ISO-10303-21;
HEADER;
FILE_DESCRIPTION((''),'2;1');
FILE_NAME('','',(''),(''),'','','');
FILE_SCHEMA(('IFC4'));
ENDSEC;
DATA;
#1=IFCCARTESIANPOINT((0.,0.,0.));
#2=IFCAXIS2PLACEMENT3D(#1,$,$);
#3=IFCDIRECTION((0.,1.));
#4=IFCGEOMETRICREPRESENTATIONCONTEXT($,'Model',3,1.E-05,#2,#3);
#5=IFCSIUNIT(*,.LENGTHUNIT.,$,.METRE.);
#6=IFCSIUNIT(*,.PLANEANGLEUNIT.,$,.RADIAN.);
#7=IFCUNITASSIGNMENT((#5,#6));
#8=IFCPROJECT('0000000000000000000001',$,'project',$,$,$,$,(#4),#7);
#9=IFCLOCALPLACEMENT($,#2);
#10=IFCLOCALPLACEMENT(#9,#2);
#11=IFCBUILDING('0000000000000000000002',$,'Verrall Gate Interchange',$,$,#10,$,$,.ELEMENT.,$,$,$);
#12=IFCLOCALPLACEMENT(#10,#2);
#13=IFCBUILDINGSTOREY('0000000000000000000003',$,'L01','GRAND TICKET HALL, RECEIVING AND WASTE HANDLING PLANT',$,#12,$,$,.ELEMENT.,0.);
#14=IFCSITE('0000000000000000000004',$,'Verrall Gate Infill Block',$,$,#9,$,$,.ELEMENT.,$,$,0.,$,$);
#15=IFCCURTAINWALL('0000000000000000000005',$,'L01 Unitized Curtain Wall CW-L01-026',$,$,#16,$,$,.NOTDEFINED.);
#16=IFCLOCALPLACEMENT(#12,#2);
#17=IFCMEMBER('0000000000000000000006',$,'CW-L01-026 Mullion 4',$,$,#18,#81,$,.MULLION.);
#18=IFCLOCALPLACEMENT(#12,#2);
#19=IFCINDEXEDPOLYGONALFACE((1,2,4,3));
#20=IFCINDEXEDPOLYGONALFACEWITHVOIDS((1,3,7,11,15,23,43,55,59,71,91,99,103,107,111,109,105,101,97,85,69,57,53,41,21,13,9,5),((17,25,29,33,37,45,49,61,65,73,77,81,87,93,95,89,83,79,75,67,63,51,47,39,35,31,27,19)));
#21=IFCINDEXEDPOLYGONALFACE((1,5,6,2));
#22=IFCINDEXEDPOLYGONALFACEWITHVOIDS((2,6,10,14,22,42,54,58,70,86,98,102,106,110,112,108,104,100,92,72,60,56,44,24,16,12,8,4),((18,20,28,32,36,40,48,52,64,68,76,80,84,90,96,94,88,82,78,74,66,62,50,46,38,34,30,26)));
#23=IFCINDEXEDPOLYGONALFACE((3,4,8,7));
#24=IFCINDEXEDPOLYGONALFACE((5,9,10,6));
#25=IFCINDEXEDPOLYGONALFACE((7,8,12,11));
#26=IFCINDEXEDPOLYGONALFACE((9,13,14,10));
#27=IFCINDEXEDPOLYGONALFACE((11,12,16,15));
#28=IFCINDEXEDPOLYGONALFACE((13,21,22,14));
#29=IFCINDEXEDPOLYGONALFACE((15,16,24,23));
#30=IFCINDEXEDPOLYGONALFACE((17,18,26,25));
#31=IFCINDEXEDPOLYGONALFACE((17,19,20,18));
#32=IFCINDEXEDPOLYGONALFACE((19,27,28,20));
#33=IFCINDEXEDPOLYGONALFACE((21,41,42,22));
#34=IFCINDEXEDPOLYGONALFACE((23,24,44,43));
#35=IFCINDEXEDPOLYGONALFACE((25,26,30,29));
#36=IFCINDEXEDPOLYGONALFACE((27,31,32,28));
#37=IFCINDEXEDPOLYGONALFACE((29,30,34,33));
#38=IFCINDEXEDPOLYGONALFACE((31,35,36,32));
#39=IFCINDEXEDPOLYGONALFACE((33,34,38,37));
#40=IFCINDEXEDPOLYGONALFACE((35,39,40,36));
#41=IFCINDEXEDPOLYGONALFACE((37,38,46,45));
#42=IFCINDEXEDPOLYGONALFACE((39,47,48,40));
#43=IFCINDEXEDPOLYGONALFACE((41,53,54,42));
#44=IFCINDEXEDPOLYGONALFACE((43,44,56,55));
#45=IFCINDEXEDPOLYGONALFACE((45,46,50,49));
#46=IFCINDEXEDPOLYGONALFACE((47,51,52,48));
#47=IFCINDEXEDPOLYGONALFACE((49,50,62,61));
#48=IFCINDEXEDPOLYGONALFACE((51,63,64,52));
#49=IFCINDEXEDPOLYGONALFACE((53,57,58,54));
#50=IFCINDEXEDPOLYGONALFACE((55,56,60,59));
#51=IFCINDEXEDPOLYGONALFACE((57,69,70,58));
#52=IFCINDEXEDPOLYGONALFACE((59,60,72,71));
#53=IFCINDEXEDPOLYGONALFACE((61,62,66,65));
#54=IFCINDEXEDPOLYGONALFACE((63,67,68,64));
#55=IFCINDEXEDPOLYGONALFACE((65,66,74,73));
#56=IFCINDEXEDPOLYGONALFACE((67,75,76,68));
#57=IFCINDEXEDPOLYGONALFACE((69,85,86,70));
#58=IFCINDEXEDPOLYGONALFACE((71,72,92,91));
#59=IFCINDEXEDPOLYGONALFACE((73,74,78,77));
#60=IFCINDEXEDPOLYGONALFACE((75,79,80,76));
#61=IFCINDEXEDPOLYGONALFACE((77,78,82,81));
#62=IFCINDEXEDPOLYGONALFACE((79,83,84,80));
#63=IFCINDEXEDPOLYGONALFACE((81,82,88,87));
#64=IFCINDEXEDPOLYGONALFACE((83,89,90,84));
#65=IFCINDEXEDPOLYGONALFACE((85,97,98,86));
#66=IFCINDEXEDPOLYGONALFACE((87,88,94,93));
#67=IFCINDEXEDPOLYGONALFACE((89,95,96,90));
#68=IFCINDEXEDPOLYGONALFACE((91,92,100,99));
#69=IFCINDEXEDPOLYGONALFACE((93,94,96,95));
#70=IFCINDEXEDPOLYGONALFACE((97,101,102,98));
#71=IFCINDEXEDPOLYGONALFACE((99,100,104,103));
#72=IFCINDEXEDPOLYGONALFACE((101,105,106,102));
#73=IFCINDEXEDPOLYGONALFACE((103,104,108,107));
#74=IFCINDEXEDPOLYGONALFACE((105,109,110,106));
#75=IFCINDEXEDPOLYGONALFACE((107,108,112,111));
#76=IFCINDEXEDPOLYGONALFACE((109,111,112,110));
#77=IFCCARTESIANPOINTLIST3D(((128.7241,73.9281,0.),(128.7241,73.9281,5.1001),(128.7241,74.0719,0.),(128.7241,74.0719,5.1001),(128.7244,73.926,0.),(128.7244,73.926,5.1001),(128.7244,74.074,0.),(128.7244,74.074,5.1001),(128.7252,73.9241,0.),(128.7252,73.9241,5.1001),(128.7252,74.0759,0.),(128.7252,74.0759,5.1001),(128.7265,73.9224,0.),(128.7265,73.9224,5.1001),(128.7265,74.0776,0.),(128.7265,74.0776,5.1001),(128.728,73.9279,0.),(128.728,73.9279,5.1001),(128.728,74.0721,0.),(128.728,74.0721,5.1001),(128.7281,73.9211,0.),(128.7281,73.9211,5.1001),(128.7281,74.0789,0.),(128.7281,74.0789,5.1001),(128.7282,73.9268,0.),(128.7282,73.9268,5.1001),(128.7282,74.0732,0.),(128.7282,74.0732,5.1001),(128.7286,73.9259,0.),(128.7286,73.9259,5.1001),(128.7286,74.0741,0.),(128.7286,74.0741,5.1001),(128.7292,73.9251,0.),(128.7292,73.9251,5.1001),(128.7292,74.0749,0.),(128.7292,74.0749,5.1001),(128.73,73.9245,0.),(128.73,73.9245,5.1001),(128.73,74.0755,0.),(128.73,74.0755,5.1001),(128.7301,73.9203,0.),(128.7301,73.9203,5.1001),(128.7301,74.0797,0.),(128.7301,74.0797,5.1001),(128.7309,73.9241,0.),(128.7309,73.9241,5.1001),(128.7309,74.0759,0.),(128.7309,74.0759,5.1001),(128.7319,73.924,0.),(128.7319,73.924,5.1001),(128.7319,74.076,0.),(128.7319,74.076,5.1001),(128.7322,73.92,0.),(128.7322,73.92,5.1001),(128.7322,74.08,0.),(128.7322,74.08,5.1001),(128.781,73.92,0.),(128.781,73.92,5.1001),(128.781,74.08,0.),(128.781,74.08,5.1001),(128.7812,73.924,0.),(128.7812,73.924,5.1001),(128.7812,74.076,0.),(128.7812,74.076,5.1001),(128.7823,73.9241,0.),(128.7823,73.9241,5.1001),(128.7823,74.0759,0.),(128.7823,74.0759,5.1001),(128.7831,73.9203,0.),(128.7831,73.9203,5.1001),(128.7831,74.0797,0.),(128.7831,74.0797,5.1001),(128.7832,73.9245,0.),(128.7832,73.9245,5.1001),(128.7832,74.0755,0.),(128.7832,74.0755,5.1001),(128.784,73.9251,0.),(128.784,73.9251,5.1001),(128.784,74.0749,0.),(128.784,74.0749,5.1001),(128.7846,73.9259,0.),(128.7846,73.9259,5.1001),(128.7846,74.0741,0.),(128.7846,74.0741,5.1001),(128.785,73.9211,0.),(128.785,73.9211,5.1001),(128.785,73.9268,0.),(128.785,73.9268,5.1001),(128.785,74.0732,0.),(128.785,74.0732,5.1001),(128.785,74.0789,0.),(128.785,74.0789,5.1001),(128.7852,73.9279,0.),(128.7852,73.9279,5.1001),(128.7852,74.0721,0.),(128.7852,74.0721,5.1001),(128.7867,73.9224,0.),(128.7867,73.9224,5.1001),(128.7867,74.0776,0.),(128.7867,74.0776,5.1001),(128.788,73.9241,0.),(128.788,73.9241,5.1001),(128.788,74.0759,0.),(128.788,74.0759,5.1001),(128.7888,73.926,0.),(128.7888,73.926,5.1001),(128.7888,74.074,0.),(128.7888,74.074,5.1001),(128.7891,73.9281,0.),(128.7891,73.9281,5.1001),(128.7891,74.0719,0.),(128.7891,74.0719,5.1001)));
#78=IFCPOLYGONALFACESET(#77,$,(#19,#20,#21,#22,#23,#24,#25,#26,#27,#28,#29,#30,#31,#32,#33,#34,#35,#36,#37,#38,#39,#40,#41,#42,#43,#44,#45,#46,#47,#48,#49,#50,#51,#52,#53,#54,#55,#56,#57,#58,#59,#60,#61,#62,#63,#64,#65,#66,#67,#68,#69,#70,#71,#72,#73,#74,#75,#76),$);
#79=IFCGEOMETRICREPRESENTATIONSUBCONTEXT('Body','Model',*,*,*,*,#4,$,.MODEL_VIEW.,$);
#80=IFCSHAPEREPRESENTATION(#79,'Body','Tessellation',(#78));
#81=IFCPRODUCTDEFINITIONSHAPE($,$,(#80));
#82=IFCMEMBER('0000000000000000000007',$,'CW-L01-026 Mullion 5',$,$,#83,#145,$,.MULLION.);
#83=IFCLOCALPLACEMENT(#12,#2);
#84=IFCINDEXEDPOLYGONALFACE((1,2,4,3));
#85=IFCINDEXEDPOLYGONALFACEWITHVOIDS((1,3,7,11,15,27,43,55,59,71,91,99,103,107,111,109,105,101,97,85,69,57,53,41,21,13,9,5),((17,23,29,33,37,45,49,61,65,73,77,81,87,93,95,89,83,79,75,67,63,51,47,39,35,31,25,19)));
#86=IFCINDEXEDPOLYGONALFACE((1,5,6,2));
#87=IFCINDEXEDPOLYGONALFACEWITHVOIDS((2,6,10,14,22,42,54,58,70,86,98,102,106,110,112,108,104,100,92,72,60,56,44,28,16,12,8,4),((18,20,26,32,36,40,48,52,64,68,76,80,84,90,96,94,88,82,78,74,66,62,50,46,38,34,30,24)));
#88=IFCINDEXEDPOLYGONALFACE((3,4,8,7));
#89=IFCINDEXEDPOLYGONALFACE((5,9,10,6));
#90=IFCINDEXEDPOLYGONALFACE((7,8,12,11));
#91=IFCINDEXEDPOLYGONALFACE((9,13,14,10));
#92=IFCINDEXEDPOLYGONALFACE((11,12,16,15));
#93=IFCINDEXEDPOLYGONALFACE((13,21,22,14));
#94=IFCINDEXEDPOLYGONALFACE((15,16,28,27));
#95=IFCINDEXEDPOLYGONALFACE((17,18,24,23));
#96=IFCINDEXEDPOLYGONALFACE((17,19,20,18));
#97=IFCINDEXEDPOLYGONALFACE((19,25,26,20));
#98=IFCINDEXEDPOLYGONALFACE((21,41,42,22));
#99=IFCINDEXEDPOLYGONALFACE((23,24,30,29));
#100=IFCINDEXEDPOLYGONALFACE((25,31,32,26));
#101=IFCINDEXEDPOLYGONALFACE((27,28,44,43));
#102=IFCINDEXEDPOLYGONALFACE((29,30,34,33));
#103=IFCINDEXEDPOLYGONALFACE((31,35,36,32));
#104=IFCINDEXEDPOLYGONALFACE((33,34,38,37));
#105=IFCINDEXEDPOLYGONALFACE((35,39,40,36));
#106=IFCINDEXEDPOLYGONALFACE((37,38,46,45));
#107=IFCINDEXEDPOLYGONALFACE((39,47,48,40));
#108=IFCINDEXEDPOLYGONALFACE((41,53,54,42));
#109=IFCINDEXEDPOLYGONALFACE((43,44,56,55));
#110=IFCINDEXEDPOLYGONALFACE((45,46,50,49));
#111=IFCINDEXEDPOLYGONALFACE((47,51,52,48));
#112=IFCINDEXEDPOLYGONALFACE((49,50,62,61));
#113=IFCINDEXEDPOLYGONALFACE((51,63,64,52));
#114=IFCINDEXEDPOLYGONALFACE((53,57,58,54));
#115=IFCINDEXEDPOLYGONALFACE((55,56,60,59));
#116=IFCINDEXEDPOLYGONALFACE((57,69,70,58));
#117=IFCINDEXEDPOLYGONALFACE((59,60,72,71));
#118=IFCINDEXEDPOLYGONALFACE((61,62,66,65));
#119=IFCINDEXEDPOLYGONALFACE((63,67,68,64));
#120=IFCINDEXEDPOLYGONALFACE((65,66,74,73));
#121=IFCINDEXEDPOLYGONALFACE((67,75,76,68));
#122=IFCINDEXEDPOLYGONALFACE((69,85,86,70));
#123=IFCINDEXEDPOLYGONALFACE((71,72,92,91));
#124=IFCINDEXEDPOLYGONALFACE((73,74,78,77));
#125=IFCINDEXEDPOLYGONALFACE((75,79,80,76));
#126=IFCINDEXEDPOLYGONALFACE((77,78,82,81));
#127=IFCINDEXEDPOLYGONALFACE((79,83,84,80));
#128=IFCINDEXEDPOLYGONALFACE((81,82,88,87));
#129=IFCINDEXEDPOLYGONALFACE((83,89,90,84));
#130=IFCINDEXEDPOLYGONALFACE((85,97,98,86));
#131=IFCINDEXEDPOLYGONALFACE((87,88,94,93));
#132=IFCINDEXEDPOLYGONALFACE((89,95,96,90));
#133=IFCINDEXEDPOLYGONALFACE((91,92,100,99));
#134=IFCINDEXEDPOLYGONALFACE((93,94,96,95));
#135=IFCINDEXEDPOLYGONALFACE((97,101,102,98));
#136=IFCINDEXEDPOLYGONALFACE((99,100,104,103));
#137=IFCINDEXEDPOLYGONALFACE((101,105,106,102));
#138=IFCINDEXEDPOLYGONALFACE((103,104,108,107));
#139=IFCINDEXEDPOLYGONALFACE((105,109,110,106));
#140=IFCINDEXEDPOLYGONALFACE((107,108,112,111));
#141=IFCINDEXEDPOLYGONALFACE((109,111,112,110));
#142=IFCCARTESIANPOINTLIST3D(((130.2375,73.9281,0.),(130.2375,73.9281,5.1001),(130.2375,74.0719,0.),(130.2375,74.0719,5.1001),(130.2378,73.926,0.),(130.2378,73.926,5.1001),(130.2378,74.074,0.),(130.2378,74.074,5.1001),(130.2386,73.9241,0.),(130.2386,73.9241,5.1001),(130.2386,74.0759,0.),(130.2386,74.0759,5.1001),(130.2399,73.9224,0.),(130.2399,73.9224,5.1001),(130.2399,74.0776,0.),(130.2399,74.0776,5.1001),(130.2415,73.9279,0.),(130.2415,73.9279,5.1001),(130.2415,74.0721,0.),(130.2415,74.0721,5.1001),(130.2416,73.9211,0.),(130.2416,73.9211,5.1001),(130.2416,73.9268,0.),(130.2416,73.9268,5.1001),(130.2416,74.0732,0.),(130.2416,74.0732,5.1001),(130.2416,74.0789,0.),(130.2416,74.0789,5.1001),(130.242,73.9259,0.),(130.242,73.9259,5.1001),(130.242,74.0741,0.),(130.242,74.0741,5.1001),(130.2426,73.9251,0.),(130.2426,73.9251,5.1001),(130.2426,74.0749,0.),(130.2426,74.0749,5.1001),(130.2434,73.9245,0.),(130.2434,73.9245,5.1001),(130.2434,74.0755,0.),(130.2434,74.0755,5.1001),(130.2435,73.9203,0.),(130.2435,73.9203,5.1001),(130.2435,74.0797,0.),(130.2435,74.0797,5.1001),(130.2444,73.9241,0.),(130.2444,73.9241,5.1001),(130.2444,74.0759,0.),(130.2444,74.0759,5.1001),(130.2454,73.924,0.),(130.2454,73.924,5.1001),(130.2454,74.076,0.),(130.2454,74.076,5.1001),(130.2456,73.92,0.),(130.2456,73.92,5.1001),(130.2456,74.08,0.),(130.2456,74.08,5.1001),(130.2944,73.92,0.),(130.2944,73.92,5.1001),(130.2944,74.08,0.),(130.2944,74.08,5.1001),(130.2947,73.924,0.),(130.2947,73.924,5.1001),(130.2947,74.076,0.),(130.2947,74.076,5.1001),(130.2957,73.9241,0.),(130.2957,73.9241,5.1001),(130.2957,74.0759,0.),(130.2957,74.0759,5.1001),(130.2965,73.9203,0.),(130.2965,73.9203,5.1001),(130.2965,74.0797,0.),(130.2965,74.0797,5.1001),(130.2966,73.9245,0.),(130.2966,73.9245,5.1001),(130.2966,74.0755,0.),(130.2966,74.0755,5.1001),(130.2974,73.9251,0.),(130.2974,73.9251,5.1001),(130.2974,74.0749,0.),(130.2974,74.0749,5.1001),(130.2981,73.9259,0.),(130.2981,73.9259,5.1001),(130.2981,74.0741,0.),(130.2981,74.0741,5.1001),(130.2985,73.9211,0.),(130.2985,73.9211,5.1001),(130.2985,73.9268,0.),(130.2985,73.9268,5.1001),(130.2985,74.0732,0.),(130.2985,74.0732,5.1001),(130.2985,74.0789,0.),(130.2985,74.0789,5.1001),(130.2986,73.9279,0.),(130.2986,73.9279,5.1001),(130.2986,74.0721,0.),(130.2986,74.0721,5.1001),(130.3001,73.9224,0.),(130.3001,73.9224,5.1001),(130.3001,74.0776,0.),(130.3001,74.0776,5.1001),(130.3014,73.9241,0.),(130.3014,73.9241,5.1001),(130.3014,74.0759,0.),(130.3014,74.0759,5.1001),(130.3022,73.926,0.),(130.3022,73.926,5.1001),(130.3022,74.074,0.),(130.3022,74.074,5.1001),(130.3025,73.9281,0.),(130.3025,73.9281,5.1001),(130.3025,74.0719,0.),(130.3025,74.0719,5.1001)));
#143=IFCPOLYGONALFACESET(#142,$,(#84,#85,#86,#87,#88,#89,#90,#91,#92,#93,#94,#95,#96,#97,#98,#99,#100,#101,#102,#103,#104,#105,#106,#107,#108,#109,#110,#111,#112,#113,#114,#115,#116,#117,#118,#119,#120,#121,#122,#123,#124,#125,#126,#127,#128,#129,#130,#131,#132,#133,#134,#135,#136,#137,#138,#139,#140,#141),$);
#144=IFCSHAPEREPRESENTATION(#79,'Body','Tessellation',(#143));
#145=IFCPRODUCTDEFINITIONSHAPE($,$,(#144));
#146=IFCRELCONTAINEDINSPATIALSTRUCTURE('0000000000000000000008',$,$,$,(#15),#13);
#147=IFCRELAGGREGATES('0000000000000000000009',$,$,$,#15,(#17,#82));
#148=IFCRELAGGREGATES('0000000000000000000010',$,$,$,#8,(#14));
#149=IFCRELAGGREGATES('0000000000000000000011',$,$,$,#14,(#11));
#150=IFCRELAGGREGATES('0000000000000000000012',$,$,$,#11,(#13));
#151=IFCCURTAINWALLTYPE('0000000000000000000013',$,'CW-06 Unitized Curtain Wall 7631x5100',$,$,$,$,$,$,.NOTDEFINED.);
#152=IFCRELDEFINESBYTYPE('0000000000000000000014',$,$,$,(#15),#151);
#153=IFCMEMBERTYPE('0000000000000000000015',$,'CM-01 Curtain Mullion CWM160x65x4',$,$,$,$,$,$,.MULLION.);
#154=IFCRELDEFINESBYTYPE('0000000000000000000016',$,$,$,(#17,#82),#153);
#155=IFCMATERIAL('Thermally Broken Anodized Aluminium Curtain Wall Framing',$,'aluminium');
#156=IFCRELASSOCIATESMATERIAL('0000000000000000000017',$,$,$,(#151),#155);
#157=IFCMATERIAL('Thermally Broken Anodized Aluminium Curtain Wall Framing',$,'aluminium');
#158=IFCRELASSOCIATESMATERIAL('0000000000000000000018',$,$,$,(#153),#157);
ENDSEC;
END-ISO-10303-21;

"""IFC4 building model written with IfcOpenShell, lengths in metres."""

from ifc_helpers import new_model, si_unit, direction, frame, origin, origin_2d, place, context, subcontext, project, spatial, hollow_rectangle, extrude, material, material_profile, profile_set, type_object, element, aggregate, save


model = new_model("IFC4")

# Units and contexts
model_context = context("Model", 3, precision=1e-05, world=origin(), true_north=direction((0.0, 1.0)))
body_context = subcontext(model_context, "Body", "Model", "MODEL_VIEW")
ifc_project = project(units=[si_unit("LENGTHUNIT", "METRE"), si_unit("PLANEANGLEUNIT", "RADIAN")], contexts=[model_context])

# Site, building, storey
site_placement = place(None, origin())
site = spatial("IfcSite", under=ifc_project, at=site_placement, Name="Verrall Gate Infill Block", CompositionType="ELEMENT", RefElevation=0.0)
building_placement = place(site_placement, origin())
building = spatial("IfcBuilding", under=site, at=building_placement, Name="Verrall Gate Interchange", CompositionType="ELEMENT")
storey_placement = place(building_placement, origin())
storey = spatial("IfcBuildingStorey", under=building, at=storey_placement, Name="L01", Description="GRAND TICKET HALL, RECEIVING AND WASTE HANDLING PLANT", CompositionType="ELEMENT", Elevation=0.0)

# Curtain wall, members
ifc_material_1 = material(Name="Thermally Broken Anodized Aluminium Curtain Wall Framing", Category="aluminium")
curtain_wall_type = type_object("IfcCurtainWallType", Name="CW-06 Unitized Curtain Wall 7631x5100", PredefinedType="NOTDEFINED", material=ifc_material_1)
curtain_wall_1_placement = place(storey_placement, origin())
curtain_wall_1 = element("IfcCurtainWall", 1, at=curtain_wall_1_placement, inside=storey, type_object=curtain_wall_type, Name="L01 Unitized Curtain Wall CW-L01-026", PredefinedType="NOTDEFINED")
ifc_material_2 = material(Name="Thermally Broken Anodized Aluminium Curtain Wall Framing", Category="aluminium")
ifc_material_profile_1 = material_profile(ifc_material_2, hollow_rectangle(XDim=0.0649, YDim=0.1599, WallThickness=0.0039, InnerFilletRadius=0.0039, OuterFilletRadius=0.0081, at=origin_2d()), Name="CWM160x65x4")
ifc_profile_set_1 = profile_set([ifc_material_profile_1], Name="Thermally Broken Anodized Aluminium Curtain Wall Framing")
member_type_1 = type_object("IfcMemberType", Name="CM-01 Curtain Mullion CWM160x65x4", PredefinedType="MULLION", material=ifc_profile_set_1)
member_1_placement = place(storey_placement, frame((128.7566, 74.0, 0.0), z_axis=(0.0, 0.0, 1.0), x_axis=(1.0, 0.0, 0.0)))
member_1 = element("IfcMember", 2, at=member_1_placement, type_object=member_type_1, Name="CW-L01-026 Mullion 4", PredefinedType="MULLION", context=body_context, shape_type="SweptSolid", body=[
    extrude(hollow_rectangle(XDim=0.0649, YDim=0.1599, WallThickness=0.0039, InnerFilletRadius=0.0039, OuterFilletRadius=0.0081, at=origin_2d()), origin(), (0.0, 0.0, 1.0), 5.1001),
])
member_2_placement = place(storey_placement, frame((130.27, 74.0, 0.0), z_axis=(0.0, 0.0, 1.0), x_axis=(1.0, 0.0, 0.0)))
member_2 = element("IfcMember", 3, at=member_2_placement, type_object=member_type_1, Name="CW-L01-026 Mullion 5", PredefinedType="MULLION", context=body_context, shape_type="SweptSolid", body=[
    extrude(hollow_rectangle(XDim=0.0649, YDim=0.1599, WallThickness=0.0039, InnerFilletRadius=0.0039, OuterFilletRadius=0.0081, at=origin_2d()), origin(), (0.0, 0.0, 1.0), 5.1001),
])

aggregate(curtain_wall_1, [member_1, member_2])

save(model, "model.ifc")
